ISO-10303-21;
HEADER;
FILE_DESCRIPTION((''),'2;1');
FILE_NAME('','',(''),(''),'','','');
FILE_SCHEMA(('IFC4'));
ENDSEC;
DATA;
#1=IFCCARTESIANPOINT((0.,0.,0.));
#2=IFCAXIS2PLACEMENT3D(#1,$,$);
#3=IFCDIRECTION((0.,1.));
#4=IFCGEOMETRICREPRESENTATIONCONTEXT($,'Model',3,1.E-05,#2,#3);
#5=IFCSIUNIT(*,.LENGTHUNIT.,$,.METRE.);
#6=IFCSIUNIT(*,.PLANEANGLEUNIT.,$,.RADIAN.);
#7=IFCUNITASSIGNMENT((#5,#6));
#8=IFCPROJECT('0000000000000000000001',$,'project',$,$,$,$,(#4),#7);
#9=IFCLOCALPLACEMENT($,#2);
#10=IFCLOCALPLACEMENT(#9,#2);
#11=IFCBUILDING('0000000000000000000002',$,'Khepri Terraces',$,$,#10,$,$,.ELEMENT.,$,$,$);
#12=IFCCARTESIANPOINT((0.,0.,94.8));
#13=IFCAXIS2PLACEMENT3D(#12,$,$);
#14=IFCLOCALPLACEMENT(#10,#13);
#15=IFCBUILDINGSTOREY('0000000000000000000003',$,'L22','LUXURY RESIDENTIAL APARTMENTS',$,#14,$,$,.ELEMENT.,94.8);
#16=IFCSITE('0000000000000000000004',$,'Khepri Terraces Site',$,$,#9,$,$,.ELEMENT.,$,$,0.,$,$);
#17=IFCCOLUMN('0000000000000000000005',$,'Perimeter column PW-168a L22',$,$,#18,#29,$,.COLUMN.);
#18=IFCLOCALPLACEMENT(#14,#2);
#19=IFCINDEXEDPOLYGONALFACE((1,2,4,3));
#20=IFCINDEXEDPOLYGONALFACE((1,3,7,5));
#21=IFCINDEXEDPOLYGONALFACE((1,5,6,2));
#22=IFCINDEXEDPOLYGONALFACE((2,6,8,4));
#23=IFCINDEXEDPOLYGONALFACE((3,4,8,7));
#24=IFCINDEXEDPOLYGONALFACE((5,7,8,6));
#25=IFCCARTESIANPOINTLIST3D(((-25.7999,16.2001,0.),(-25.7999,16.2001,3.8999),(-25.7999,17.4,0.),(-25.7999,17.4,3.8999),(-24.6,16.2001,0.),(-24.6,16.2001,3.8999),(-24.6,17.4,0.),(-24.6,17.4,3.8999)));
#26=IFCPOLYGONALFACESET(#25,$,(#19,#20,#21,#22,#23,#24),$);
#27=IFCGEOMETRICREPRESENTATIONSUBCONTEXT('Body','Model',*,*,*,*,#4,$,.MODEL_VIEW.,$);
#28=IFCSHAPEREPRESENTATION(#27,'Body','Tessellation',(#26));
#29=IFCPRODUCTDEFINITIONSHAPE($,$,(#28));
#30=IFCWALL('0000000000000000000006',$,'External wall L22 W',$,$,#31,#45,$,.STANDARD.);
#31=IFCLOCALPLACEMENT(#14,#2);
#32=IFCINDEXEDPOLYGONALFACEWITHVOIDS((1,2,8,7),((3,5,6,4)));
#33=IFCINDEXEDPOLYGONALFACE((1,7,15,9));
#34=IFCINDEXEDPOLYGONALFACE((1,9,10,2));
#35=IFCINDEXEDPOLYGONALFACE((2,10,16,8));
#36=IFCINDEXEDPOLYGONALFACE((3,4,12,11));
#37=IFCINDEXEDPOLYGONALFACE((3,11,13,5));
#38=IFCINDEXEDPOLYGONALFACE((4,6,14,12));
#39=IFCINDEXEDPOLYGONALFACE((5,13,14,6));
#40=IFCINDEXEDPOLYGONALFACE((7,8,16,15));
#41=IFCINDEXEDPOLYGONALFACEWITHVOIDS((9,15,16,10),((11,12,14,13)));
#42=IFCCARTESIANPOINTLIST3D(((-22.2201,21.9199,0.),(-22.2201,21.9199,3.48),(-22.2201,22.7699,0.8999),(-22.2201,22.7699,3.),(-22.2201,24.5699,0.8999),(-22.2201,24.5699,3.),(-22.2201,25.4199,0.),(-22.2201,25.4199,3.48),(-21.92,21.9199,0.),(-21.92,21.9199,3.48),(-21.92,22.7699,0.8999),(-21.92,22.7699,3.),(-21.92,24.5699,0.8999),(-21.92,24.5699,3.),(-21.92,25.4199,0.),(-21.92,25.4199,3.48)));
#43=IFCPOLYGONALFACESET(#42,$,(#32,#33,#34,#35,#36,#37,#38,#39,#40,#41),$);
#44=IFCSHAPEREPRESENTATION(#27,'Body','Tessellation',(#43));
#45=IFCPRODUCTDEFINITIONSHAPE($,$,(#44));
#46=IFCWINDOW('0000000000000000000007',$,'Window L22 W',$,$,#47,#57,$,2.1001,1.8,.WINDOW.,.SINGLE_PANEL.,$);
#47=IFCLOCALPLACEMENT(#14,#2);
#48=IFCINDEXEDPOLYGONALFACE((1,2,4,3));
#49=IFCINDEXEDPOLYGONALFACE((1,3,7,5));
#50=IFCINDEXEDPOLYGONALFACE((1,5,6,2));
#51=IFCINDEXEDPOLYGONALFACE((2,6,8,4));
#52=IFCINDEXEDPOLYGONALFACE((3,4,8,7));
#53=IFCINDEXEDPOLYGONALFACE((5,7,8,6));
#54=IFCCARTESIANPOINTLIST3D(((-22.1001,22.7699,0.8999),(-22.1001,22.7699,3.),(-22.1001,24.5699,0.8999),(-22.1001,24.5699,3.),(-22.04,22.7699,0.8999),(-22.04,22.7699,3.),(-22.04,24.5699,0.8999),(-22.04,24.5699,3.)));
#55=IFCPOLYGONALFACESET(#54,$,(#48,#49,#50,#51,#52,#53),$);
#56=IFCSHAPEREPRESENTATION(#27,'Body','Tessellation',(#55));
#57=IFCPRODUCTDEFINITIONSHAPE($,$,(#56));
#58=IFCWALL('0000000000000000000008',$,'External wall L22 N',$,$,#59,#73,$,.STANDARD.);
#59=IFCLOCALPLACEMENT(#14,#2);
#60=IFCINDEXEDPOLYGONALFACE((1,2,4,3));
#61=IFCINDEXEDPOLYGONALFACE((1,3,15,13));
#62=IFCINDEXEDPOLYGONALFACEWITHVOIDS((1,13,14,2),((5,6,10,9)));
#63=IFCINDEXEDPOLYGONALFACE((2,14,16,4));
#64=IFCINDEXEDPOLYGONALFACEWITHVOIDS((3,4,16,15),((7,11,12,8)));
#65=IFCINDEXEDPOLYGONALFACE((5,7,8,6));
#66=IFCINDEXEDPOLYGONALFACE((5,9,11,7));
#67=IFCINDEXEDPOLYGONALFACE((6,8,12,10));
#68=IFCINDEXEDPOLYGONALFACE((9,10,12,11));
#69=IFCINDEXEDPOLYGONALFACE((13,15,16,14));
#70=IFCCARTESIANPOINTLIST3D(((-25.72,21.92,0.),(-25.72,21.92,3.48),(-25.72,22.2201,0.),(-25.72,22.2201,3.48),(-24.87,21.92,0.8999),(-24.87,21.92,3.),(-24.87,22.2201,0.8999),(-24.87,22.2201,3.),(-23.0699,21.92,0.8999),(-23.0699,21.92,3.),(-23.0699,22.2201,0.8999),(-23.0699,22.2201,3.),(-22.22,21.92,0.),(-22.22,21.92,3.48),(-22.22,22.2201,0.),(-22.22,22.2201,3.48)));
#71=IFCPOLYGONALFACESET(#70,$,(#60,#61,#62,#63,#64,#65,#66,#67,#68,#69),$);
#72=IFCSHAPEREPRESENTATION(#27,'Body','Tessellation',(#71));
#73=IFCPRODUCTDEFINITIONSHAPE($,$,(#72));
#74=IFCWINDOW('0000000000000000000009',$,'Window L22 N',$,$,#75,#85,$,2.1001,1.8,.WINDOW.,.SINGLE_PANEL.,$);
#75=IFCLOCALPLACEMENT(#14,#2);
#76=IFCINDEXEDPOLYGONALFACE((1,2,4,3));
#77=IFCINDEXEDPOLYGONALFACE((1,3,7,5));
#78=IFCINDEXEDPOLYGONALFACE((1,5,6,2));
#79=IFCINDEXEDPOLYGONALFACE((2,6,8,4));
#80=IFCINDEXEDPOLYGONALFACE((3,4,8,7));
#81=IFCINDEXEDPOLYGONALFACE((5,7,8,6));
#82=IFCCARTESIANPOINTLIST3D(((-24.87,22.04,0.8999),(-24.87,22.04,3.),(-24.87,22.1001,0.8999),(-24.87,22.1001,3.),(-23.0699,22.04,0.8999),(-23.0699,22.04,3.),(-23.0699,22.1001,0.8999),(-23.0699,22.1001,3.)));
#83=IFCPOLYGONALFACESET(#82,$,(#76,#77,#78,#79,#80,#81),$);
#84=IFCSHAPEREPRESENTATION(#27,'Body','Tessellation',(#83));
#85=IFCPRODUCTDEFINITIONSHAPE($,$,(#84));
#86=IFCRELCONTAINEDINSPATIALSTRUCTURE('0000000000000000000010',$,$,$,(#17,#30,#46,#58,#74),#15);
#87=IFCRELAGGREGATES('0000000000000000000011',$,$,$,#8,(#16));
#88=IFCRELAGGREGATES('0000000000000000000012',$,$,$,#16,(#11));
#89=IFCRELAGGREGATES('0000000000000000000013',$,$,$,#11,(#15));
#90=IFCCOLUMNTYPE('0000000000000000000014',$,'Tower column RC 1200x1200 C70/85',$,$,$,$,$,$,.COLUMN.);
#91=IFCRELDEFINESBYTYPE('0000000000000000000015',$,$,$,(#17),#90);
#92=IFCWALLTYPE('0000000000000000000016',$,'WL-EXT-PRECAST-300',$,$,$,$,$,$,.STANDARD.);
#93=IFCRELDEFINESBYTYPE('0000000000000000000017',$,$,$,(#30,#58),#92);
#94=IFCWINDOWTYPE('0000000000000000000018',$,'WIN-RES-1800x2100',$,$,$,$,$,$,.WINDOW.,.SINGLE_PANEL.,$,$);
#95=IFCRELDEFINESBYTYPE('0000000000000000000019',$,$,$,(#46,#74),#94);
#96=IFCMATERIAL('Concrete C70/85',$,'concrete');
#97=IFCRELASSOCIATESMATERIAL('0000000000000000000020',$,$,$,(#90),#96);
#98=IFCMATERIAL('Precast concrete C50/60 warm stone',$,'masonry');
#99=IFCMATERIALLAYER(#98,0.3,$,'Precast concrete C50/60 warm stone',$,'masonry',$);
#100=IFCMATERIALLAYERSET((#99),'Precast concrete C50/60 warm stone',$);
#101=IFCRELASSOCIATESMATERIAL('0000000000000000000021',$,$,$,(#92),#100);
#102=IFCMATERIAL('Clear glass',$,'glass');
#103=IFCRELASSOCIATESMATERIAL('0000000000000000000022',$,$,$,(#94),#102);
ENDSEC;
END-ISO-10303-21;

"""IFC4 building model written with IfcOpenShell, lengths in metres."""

from ifc_helpers import new_model, si_unit, direction, frame, frame_2d, origin, origin_2d, place, context, subcontext, project, spatial, rectangle, extrude, material, layer, layer_set, material_profile, profile_set, type_object, element, fill, save


model = new_model("IFC4")

# Units and contexts
model_context = context("Model", 3, precision=1e-05, world=origin(), true_north=direction((0.0, 1.0)))
body_context = subcontext(model_context, "Body", "Model", "MODEL_VIEW")
ifc_project = project(units=[si_unit("LENGTHUNIT", "METRE"), si_unit("PLANEANGLEUNIT", "RADIAN")], contexts=[model_context])

# Site, building, storey
site_placement = place(None, origin())
site = spatial("IfcSite", under=ifc_project, at=site_placement, Name="Khepri Terraces Site", CompositionType="ELEMENT", RefElevation=0.0)
building_placement = place(site_placement, origin())
building = spatial("IfcBuilding", under=site, at=building_placement, Name="Khepri Terraces", CompositionType="ELEMENT")
storey_placement = place(building_placement, frame((0.0, 0.0, 94.8)))
storey = spatial("IfcBuildingStorey", under=building, at=storey_placement, Name="L22", Description="LUXURY RESIDENTIAL APARTMENTS", CompositionType="ELEMENT", Elevation=94.8)

# Column
ifc_material_1 = material(Name="Concrete C70/85", Category="concrete")
ifc_material_profile = material_profile(ifc_material_1, rectangle(XDim=1.2, YDim=1.2, at=origin_2d()), Name="Concrete C70/85", Category="concrete")
ifc_profile_set = profile_set([ifc_material_profile], Name="Concrete C70/85")
column_type = type_object("IfcColumnType", Name="Tower column RC 1200x1200 C70/85", PredefinedType="COLUMN", material=ifc_profile_set)
column_placement = place(storey_placement, frame((-25.2, 16.8, 0.0), z_axis=(0.0, 0.0, 1.0), x_axis=(1.0, 0.0, 0.0)))
element("IfcColumn", 1, at=column_placement, inside=storey, type_object=column_type, Name="Perimeter column PW-168a L22", PredefinedType="COLUMN", context=body_context, shape_type="SweptSolid", body=[
    extrude(rectangle(XDim=1.2, YDim=1.2, at=origin_2d()), origin(), (0.0, 0.0, 1.0), 3.8999),
])

# Walls, openings, windows
ifc_material_2 = material(Name="Precast concrete C50/60 warm stone", Category="masonry")
ifc_layer = layer(ifc_material_2, 0.3, Name="Precast concrete C50/60 warm stone", Category="masonry")
ifc_layer_set = layer_set([ifc_layer], Name="Precast concrete C50/60 warm stone")
wall_type = type_object("IfcWallType", Name="WL-EXT-PRECAST-300", PredefinedType="STANDARD", material=ifc_layer_set)
wall_1_placement = place(storey_placement, frame((-22.0701, 25.4199, 0.0), z_axis=(0.0, 0.0, 1.0), x_axis=(0.0, -1.0, 0.0)))
wall_1 = element("IfcWall", 2, at=wall_1_placement, inside=storey, type_object=wall_type, Name="External wall L22 W", PredefinedType="STANDARD", context=body_context, shape_type="SweptSolid", body=[
    extrude(rectangle(XDim=3.5, YDim=0.3, at=frame_2d((1.75, 0.0))), origin(), (0.0, 0.0, 1.0), 3.48),
])
opening_1_placement = place(wall_1_placement, frame((0.8501, 0.0, 0.8999)))
opening_1 = element("IfcOpeningElement", 3, at=opening_1_placement, cuts=wall_1, PredefinedType="OPENING", context=body_context, shape_type="SweptSolid", body=[
    extrude(rectangle(XDim=1.8, YDim=2.1001, at=frame_2d((0.8999, 1.05))), frame((0.0, 0.1602, 0.0), z_axis=(0.0, -1.0, 0.0), x_axis=(1.0, 0.0, 0.0)), (0.0, 0.0, 1.0), 0.3201),
])
ifc_material_3 = material(Name="Clear glass", Category="glass")
window_type = type_object("IfcWindowType", Name="WIN-RES-1800x2100", PartitioningType="SINGLE_PANEL", PredefinedType="WINDOW", material=ifc_material_3)
window_1_placement = place(opening_1_placement, origin())
window_1 = element("IfcWindow", 4, at=window_1_placement, inside=storey, type_object=window_type, Name="Window L22 W", OverallHeight=2.1001, OverallWidth=1.8, PartitioningType="SINGLE_PANEL", PredefinedType="WINDOW", context=body_context, shape_type="SweptSolid", body=[
    extrude(rectangle(XDim=1.8, YDim=2.1001, at=frame_2d((0.8999, 1.05))), frame((0.0, 0.03, 0.0), z_axis=(0.0, -1.0, 0.0), x_axis=(1.0, 0.0, 0.0)), (0.0, 0.0, 1.0), 0.0601),
])
fill(opening_1, window_1)
wall_2_placement = place(storey_placement, frame((-22.22, 22.0701, 0.0), z_axis=(0.0, 0.0, 1.0), x_axis=(-1.0, 0.0, 0.0)))
wall_2 = element("IfcWall", 5, at=wall_2_placement, inside=storey, type_object=wall_type, Name="External wall L22 N", PredefinedType="STANDARD", context=body_context, shape_type="SweptSolid", body=[
    extrude(rectangle(XDim=3.5, YDim=0.3, at=frame_2d((1.75, 0.0))), origin(), (0.0, 0.0, 1.0), 3.48),
])
opening_2_placement = place(wall_2_placement, frame((0.8501, 0.0, 0.8999)))
opening_2 = element("IfcOpeningElement", 6, at=opening_2_placement, cuts=wall_2, PredefinedType="OPENING", context=body_context, shape_type="SweptSolid", body=[
    extrude(rectangle(XDim=1.8, YDim=2.1001, at=frame_2d((0.8999, 1.05))), frame((0.0, 0.1602, 0.0), z_axis=(0.0, -1.0, 0.0), x_axis=(1.0, 0.0, 0.0)), (0.0, 0.0, 1.0), 0.3201),
])
window_2_placement = place(opening_2_placement, origin())
window_2 = element("IfcWindow", 7, at=window_2_placement, inside=storey, type_object=window_type, Name="Window L22 N", OverallHeight=2.1001, OverallWidth=1.8, PartitioningType="SINGLE_PANEL", PredefinedType="WINDOW", context=body_context, shape_type="SweptSolid", body=[
    extrude(rectangle(XDim=1.8, YDim=2.1001, at=frame_2d((0.8999, 1.05))), frame((0.0, 0.03, 0.0), z_axis=(0.0, -1.0, 0.0), x_axis=(1.0, 0.0, 0.0)), (0.0, 0.0, 1.0), 0.0601),
])
fill(opening_2, window_2)

save(model, "model.ifc")
